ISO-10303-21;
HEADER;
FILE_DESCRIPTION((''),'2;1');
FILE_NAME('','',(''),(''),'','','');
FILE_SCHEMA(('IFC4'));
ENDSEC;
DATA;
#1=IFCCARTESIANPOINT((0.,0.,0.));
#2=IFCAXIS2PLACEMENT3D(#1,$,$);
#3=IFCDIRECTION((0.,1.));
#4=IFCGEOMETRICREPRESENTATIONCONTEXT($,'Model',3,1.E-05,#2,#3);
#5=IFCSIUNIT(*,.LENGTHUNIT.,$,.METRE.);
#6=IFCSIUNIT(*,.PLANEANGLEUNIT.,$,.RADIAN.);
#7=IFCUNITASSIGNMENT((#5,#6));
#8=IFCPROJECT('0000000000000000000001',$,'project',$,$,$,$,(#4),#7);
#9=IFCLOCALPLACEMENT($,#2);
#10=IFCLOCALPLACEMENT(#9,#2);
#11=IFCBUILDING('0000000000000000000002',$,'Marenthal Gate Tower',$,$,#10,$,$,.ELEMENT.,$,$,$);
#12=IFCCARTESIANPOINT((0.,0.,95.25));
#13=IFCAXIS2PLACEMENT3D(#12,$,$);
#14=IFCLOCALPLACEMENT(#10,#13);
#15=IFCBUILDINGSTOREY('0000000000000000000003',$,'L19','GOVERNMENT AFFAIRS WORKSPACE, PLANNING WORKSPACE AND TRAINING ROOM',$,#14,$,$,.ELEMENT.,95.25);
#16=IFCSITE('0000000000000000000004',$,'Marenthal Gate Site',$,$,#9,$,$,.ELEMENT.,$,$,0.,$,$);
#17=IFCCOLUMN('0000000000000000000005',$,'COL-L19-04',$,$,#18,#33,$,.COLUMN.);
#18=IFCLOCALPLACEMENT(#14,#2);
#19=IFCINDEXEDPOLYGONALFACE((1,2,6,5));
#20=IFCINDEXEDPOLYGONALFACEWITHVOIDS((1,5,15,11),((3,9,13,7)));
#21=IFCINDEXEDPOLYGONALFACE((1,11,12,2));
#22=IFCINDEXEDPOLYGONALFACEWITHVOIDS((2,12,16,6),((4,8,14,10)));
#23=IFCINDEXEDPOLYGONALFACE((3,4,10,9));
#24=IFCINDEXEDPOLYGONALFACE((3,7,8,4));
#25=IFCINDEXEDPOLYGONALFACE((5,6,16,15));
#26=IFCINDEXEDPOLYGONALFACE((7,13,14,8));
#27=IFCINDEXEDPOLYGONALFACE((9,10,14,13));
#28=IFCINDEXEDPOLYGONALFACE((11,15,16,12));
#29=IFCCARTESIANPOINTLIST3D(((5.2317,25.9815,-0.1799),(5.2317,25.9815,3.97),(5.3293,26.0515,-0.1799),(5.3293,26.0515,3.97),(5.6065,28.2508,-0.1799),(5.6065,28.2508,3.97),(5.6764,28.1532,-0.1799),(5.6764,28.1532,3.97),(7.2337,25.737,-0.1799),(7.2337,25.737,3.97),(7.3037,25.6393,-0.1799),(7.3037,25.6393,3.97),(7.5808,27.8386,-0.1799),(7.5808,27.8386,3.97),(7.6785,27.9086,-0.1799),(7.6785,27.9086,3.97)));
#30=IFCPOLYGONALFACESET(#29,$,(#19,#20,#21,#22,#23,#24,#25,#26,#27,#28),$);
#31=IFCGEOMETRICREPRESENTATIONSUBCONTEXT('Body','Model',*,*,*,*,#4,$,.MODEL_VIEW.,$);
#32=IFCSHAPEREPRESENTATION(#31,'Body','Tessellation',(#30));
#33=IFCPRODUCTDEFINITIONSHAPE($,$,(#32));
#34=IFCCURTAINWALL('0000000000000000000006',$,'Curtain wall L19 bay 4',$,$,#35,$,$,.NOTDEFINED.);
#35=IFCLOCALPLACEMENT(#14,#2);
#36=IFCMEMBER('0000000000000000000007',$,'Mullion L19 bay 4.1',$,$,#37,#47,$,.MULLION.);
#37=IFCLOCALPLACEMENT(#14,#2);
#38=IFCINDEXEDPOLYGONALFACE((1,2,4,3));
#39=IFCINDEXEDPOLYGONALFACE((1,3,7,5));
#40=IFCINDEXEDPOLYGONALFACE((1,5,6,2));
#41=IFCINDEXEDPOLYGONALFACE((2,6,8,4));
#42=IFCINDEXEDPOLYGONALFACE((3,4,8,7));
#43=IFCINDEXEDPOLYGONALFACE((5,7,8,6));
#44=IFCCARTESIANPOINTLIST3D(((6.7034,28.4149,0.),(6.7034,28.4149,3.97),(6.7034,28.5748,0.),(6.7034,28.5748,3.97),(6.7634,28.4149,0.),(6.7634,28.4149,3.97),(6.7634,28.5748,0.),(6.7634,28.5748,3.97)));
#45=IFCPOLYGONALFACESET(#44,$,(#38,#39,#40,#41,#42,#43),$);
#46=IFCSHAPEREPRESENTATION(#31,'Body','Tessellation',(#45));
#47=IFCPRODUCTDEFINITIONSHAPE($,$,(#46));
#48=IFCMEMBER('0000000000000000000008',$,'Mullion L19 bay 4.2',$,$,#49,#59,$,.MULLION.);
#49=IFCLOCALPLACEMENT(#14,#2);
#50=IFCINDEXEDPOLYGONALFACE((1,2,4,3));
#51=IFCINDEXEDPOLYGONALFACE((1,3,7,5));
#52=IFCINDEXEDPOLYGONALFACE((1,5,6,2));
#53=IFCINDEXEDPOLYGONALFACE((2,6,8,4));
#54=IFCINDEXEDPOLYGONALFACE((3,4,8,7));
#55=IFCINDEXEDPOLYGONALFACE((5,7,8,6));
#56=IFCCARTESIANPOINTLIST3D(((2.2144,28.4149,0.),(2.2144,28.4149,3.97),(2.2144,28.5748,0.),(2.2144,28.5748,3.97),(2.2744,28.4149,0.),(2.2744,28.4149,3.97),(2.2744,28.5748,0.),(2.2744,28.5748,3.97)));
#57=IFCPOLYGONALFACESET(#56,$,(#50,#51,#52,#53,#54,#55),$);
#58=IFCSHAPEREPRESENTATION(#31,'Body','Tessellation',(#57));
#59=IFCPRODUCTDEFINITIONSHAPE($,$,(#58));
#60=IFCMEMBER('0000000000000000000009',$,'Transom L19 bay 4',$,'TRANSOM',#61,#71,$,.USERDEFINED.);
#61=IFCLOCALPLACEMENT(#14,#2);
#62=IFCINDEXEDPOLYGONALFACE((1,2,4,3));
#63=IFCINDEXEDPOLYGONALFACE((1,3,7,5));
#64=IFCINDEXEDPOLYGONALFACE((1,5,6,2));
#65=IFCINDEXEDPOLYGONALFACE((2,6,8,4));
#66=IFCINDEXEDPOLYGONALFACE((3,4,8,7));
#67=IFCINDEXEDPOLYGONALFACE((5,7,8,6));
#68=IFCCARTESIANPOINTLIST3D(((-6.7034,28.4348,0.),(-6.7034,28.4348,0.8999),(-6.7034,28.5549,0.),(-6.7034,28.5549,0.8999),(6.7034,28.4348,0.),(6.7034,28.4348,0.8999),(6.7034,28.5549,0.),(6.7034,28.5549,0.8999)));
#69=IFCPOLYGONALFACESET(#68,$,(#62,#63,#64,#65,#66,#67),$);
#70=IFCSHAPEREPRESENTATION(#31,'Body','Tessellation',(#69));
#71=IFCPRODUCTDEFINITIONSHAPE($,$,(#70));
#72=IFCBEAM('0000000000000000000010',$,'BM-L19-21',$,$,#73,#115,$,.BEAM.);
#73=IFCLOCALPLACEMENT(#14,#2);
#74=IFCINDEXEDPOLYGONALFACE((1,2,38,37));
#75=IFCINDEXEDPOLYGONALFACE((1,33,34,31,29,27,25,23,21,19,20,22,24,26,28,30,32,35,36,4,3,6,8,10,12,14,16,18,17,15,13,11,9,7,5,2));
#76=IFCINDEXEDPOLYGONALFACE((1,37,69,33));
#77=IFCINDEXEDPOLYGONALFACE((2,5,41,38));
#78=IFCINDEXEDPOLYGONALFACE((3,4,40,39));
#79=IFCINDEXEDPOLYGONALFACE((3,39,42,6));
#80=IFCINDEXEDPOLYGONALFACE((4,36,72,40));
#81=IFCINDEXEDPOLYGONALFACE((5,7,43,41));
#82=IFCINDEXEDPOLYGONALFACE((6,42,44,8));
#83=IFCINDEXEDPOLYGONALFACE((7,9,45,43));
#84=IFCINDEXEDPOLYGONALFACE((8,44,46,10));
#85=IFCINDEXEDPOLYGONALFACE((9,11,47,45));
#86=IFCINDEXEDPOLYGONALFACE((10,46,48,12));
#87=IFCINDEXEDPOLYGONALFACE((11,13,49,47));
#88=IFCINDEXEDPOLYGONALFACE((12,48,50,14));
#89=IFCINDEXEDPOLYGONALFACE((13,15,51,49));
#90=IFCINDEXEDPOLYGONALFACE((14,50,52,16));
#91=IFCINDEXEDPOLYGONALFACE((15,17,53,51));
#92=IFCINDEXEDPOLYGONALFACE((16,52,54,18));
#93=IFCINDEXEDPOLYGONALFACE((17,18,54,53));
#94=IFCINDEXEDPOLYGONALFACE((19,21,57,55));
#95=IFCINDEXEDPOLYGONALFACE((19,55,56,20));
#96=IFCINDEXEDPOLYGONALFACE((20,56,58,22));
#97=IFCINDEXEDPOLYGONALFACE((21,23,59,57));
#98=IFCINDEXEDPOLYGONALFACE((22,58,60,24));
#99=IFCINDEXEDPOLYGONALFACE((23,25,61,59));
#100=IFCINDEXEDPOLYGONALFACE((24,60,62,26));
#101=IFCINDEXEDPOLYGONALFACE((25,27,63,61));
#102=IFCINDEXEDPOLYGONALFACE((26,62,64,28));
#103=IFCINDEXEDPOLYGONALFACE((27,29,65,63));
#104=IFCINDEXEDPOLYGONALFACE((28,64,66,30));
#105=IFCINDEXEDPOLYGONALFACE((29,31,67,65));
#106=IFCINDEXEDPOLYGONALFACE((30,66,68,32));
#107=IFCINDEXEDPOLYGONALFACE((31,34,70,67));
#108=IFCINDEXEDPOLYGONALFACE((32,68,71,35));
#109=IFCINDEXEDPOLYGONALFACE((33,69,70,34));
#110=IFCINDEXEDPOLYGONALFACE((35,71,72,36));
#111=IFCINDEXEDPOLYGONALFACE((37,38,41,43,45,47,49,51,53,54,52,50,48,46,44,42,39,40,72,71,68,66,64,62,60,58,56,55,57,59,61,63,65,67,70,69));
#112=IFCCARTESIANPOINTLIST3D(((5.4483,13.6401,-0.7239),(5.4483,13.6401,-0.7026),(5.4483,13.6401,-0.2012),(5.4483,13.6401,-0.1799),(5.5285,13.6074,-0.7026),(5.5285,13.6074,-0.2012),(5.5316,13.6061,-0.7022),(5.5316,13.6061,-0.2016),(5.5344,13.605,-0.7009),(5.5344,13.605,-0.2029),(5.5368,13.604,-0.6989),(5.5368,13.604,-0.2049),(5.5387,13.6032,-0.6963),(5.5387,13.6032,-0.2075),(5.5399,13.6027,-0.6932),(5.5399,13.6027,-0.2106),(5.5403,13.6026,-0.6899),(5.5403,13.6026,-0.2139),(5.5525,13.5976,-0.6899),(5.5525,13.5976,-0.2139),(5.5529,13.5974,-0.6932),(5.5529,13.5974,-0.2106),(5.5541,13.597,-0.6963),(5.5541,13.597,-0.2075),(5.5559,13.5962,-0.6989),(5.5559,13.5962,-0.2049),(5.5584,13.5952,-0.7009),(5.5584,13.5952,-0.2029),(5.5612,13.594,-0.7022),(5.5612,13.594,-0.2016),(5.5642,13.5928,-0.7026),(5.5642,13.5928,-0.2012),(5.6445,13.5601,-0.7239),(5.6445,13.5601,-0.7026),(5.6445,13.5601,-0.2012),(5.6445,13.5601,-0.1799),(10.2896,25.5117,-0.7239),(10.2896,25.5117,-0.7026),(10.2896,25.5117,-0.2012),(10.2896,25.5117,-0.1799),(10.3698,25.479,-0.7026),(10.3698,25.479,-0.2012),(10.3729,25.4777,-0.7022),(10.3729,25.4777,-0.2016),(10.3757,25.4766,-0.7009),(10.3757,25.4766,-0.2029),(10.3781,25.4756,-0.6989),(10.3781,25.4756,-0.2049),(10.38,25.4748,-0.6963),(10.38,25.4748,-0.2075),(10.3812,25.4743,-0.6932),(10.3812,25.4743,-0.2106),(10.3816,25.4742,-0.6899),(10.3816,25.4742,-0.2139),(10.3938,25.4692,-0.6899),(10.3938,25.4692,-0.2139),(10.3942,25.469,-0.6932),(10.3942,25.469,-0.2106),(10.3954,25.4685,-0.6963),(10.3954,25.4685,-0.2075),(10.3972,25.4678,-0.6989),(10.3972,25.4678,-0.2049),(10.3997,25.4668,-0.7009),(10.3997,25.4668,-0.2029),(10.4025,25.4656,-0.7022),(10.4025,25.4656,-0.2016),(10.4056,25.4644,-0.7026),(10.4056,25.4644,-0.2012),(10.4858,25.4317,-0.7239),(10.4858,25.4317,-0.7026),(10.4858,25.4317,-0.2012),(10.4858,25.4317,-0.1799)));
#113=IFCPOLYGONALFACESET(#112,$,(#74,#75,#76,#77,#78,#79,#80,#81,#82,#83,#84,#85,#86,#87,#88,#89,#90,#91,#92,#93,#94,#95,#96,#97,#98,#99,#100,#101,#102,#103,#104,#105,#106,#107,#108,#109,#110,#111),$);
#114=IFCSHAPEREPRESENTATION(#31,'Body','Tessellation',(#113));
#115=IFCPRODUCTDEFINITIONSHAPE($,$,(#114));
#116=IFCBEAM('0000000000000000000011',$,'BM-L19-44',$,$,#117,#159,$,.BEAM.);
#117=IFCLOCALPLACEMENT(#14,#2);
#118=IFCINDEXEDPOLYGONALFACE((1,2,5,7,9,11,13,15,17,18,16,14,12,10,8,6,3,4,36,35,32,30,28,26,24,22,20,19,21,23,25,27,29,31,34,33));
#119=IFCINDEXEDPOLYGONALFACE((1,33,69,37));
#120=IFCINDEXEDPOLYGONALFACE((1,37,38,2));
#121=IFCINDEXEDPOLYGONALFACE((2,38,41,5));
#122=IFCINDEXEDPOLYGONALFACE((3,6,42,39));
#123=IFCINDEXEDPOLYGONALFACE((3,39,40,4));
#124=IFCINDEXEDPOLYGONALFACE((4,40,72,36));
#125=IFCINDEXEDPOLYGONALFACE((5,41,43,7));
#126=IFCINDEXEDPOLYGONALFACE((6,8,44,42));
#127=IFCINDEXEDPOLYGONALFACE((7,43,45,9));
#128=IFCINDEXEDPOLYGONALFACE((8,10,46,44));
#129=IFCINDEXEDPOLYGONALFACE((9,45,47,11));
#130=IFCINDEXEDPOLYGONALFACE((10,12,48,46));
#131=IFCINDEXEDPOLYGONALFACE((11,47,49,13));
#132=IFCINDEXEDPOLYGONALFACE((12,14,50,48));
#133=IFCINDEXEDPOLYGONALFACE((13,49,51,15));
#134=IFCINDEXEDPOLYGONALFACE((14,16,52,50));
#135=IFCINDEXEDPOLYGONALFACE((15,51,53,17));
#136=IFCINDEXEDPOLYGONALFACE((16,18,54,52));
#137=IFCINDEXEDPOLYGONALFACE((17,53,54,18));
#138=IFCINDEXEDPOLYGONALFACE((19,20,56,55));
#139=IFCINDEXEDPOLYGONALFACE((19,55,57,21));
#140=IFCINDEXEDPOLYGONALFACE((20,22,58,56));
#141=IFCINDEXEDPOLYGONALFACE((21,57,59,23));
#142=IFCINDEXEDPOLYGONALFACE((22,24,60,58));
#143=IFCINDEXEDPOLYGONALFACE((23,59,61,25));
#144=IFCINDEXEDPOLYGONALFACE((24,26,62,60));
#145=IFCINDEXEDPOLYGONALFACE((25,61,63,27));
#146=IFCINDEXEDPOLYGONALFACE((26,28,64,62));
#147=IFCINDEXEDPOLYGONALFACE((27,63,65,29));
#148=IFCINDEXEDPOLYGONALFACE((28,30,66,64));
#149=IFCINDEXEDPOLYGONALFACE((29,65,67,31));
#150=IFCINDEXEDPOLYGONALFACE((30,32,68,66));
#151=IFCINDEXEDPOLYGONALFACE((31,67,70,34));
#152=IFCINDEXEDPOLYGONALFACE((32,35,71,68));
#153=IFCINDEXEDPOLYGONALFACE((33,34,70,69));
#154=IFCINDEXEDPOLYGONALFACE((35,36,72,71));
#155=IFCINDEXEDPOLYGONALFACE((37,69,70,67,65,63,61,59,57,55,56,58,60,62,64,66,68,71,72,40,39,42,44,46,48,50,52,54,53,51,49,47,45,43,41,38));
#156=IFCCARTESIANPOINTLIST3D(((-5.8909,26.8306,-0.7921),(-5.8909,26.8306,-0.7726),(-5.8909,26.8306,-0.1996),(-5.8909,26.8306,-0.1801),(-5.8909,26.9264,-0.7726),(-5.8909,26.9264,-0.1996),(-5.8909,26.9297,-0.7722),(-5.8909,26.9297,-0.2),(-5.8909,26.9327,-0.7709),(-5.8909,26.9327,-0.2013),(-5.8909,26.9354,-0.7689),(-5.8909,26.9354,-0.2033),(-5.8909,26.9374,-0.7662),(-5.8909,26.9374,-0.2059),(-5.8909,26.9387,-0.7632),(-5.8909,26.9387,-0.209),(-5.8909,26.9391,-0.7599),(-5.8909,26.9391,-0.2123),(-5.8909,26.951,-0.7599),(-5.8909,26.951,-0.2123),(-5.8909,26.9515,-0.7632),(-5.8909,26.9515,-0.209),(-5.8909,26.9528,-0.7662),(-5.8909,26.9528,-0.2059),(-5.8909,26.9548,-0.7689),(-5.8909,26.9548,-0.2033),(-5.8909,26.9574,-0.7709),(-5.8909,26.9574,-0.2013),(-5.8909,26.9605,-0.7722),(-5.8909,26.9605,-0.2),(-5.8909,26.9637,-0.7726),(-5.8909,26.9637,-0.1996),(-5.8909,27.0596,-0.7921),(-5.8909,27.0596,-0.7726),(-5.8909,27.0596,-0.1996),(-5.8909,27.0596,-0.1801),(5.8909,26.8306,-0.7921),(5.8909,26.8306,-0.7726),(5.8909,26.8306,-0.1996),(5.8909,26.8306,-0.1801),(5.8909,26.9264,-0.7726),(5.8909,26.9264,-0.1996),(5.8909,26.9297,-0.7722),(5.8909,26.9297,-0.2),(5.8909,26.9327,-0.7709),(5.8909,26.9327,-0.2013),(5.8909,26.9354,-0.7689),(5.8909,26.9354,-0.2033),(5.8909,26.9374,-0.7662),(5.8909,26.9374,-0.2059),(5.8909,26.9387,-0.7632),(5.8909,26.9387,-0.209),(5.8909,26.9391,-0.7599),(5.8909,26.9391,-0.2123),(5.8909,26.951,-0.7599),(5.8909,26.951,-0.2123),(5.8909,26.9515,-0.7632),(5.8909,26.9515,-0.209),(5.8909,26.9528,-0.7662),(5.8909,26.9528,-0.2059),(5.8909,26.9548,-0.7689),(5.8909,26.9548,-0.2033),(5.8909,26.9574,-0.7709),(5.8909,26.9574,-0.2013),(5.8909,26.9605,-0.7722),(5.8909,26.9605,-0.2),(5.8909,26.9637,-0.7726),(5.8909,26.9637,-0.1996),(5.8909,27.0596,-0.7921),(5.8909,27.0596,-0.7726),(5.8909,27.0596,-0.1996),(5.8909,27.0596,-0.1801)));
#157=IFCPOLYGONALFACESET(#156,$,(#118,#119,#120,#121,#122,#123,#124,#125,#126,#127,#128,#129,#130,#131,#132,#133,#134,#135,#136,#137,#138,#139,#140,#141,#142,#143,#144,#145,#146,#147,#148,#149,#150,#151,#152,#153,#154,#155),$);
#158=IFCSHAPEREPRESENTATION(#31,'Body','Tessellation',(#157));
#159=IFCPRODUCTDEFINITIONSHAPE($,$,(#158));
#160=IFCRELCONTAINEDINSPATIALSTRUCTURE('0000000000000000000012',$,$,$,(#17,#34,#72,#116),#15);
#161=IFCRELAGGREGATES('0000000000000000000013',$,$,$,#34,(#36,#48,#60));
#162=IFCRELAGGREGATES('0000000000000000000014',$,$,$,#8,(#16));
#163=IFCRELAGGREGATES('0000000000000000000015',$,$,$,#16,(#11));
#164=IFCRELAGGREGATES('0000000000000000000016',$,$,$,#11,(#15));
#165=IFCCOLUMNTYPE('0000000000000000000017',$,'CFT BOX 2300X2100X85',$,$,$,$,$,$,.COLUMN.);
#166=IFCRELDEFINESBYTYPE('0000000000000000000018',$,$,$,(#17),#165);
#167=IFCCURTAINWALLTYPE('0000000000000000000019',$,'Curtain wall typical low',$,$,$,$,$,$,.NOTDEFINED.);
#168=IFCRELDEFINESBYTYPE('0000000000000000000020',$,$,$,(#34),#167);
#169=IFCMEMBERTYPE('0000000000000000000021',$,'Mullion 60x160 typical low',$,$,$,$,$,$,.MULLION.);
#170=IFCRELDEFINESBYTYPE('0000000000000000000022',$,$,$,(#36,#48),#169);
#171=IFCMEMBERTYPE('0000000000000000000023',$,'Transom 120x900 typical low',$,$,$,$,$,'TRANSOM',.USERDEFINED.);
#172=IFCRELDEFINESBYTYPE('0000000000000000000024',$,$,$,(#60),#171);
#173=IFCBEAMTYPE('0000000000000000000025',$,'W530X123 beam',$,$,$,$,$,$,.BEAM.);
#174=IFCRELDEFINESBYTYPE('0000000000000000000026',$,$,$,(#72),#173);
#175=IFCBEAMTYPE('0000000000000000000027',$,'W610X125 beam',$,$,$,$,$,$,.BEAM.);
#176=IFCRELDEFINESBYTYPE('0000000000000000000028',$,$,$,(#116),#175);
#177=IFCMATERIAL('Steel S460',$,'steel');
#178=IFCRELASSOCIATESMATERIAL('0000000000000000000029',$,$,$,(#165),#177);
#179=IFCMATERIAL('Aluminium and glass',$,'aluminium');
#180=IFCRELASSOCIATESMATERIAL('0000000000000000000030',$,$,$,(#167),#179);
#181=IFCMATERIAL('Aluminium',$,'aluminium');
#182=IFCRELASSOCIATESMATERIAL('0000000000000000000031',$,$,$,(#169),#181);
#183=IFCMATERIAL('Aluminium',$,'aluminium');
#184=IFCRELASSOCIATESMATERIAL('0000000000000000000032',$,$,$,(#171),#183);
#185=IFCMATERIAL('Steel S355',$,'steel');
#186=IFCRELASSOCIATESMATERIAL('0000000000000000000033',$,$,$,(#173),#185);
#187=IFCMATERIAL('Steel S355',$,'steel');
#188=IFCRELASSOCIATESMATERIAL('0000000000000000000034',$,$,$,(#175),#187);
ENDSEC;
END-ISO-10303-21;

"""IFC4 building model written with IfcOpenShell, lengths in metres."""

from ifc_helpers import new_model, si_unit, direction, frame, origin, origin_2d, place, context, subcontext, project, spatial, rectangle, hollow_rectangle, i_section, extrude, material, material_profile, profile_set, type_object, element, aggregate, save


model = new_model("IFC4")

# Units and contexts
model_context = context("Model", 3, precision=1e-05, world=origin(), true_north=direction((0.0, 1.0)))
body_context = subcontext(model_context, "Body", "Model", "MODEL_VIEW")
ifc_project = project(units=[si_unit("LENGTHUNIT", "METRE"), si_unit("PLANEANGLEUNIT", "RADIAN")], contexts=[model_context])

# Site, building, storey
site_placement = place(None, origin())
site = spatial("IfcSite", under=ifc_project, at=site_placement, Name="Marenthal Gate Site", CompositionType="ELEMENT", RefElevation=0.0)
building_placement = place(site_placement, origin())
building = spatial("IfcBuilding", under=site, at=building_placement, Name="Marenthal Gate Tower", CompositionType="ELEMENT")
storey_placement = place(building_placement, frame((0.0, 0.0, 95.25)))
storey = spatial("IfcBuildingStorey", under=building, at=storey_placement, Name="L19", Description="GOVERNMENT AFFAIRS WORKSPACE, PLANNING WORKSPACE AND TRAINING ROOM", CompositionType="ELEMENT", Elevation=95.25)

# Column
ifc_material_1 = material(Name="Steel S460", Category="steel")
ifc_material_profile_1 = material_profile(ifc_material_1, hollow_rectangle(XDim=2.1001, YDim=2.3, WallThickness=0.085, at=origin_2d()), Name="CFT BOX 2300X2100X85")
ifc_material_2 = material(Name="Concrete 70 MPa", Category="concrete")
ifc_material_profile_2 = material_profile(ifc_material_2, rectangle(XDim=1.9299, YDim=2.1299, at=origin_2d()), Name="CFT BOX 2300X2100X85 INFILL")
ifc_profile_set_1 = profile_set([ifc_material_profile_1, ifc_material_profile_2], Name="Steel S460 shell, Concrete 70 MPa infill")
column_type = type_object("IfcColumnType", Name="CFT BOX 2300X2100X85", PredefinedType="COLUMN", material=ifc_profile_set_1)
column_placement = place(storey_placement, frame((6.4551, 26.9451, -0.1799), z_axis=(0.0, 0.0, 1.0), x_axis=(0.986635, -0.162949, 0.0)))
element("IfcColumn", 1, at=column_placement, inside=storey, type_object=column_type, Name="COL-L19-04", PredefinedType="COLUMN", context=body_context, shape_type="SweptSolid", body=[
    extrude(hollow_rectangle(XDim=2.1001, YDim=2.3, WallThickness=0.085, at=origin_2d()), origin(), (0.0, 0.0, 1.0), 4.1499),
])

# Curtain wall, members
ifc_material_3 = material(Name="Aluminium and glass", Category="aluminium")
curtain_wall_type = type_object("IfcCurtainWallType", Name="Curtain wall typical low", PredefinedType="NOTDEFINED", material=ifc_material_3)
curtain_wall_placement = place(storey_placement, origin())
curtain_wall = element("IfcCurtainWall", 2, at=curtain_wall_placement, inside=storey, type_object=curtain_wall_type, Name="Curtain wall L19 bay 4", PredefinedType="NOTDEFINED")
ifc_material_4 = material(Name="Aluminium", Category="aluminium")
ifc_material_profile_3 = material_profile(ifc_material_4, rectangle(XDim=0.1599, YDim=0.0601, at=origin_2d()), Name="60x160 aluminium mullion")
ifc_profile_set_2 = profile_set([ifc_material_profile_3], Name="Aluminium")
member_type_1 = type_object("IfcMemberType", Name="Mullion 60x160 typical low", PredefinedType="MULLION", material=ifc_profile_set_2)
member_1_placement = place(storey_placement, frame((6.7334, 28.4949, 0.0), z_axis=(0.0, 0.0, 1.0), x_axis=(0.0, -1.0, 0.0)))
member_1 = element("IfcMember", 3, at=member_1_placement, type_object=member_type_1, Name="Mullion L19 bay 4.1", PredefinedType="MULLION", context=body_context, shape_type="SweptSolid", body=[
    extrude(rectangle(XDim=0.1599, YDim=0.0601, at=origin_2d()), origin(), (0.0, 0.0, 1.0), 3.97),
])
member_2_placement = place(storey_placement, frame((2.2444, 28.4949, 0.0), z_axis=(0.0, 0.0, 1.0), x_axis=(0.0, -1.0, 0.0)))
member_2 = element("IfcMember", 4, at=member_2_placement, type_object=member_type_1, Name="Mullion L19 bay 4.2", PredefinedType="MULLION", context=body_context, shape_type="SweptSolid", body=[
    extrude(rectangle(XDim=0.1599, YDim=0.0601, at=origin_2d()), origin(), (0.0, 0.0, 1.0), 3.97),
])
ifc_material_5 = material(Name="Aluminium", Category="aluminium")
ifc_material_profile_4 = material_profile(ifc_material_5, rectangle(XDim=0.1201, YDim=0.8999, at=origin_2d()), Name="120x900 aluminium transom")
ifc_profile_set_3 = profile_set([ifc_material_profile_4], Name="Aluminium")
member_type_2 = type_object("IfcMemberType", Name="Transom 120x900 typical low", ElementType="TRANSOM", PredefinedType="USERDEFINED", material=ifc_profile_set_3)
member_3_placement = place(storey_placement, frame((6.7034, 28.4949, 0.45), z_axis=(-1.0, 0.0, 0.0), x_axis=(0.0, -1.0, 0.0)))
member_3 = element("IfcMember", 5, at=member_3_placement, type_object=member_type_2, Name="Transom L19 bay 4", ObjectType="TRANSOM", PredefinedType="USERDEFINED", context=body_context, shape_type="SweptSolid", body=[
    extrude(rectangle(XDim=0.1201, YDim=0.8999, at=origin_2d()), origin(), (0.0, 0.0, 1.0), 13.4067),
])

# Beams
ifc_material_6 = material(Name="Steel S355", Category="steel")
ifc_material_profile_5 = material_profile(ifc_material_6, i_section(OverallWidth=0.2119, OverallDepth=0.5439, WebThickness=0.0132, FlangeThickness=0.0212, FilletRadius=0.0127, at=origin_2d()), Name="W530X123")
ifc_profile_set_4 = profile_set([ifc_material_profile_5], Name="Steel S355")
beam_type_1 = type_object("IfcBeamType", Name="W530X123 beam", PredefinedType="BEAM", material=ifc_profile_set_4)
beam_1_placement = place(storey_placement, frame((10.3877, 25.4717, -0.4519), z_axis=(-0.377614, -0.925963, 0.0), x_axis=(0.925963, -0.377614, 0.0)))
element("IfcBeam", 6, at=beam_1_placement, inside=storey, type_object=beam_type_1, Name="BM-L19-21", PredefinedType="BEAM", context=body_context, shape_type="SweptSolid", body=[
    extrude(i_section(OverallWidth=0.2119, OverallDepth=0.5439, WebThickness=0.0132, FlangeThickness=0.0212, FilletRadius=0.0127, at=origin_2d()), origin(), (0.0, 0.0, 1.0), 12.8208),
])
ifc_material_7 = material(Name="Steel S355", Category="steel")
ifc_material_profile_6 = material_profile(ifc_material_7, i_section(OverallWidth=0.229, OverallDepth=0.6121, WebThickness=0.012, FlangeThickness=0.0195, FilletRadius=0.0127, at=origin_2d()), Name="W610X125")
ifc_profile_set_5 = profile_set([ifc_material_profile_6], Name="Steel S355")
beam_type_2 = type_object("IfcBeamType", Name="W610X125 beam", PredefinedType="BEAM", material=ifc_profile_set_5)
beam_2_placement = place(storey_placement, frame((5.8909, 26.9451, -0.4861), z_axis=(-1.0, 0.0, 0.0), x_axis=(0.0, -1.0, 0.0)))
element("IfcBeam", 7, at=beam_2_placement, inside=storey, type_object=beam_type_2, Name="BM-L19-44", PredefinedType="BEAM", context=body_context, shape_type="SweptSolid", body=[
    extrude(i_section(OverallWidth=0.229, OverallDepth=0.6121, WebThickness=0.012, FlangeThickness=0.0195, FilletRadius=0.0127, at=origin_2d()), origin(), (0.0, 0.0, 1.0), 11.7817),
])

aggregate(curtain_wall, [member_1, member_2, member_3])

save(model, "model.ifc")
